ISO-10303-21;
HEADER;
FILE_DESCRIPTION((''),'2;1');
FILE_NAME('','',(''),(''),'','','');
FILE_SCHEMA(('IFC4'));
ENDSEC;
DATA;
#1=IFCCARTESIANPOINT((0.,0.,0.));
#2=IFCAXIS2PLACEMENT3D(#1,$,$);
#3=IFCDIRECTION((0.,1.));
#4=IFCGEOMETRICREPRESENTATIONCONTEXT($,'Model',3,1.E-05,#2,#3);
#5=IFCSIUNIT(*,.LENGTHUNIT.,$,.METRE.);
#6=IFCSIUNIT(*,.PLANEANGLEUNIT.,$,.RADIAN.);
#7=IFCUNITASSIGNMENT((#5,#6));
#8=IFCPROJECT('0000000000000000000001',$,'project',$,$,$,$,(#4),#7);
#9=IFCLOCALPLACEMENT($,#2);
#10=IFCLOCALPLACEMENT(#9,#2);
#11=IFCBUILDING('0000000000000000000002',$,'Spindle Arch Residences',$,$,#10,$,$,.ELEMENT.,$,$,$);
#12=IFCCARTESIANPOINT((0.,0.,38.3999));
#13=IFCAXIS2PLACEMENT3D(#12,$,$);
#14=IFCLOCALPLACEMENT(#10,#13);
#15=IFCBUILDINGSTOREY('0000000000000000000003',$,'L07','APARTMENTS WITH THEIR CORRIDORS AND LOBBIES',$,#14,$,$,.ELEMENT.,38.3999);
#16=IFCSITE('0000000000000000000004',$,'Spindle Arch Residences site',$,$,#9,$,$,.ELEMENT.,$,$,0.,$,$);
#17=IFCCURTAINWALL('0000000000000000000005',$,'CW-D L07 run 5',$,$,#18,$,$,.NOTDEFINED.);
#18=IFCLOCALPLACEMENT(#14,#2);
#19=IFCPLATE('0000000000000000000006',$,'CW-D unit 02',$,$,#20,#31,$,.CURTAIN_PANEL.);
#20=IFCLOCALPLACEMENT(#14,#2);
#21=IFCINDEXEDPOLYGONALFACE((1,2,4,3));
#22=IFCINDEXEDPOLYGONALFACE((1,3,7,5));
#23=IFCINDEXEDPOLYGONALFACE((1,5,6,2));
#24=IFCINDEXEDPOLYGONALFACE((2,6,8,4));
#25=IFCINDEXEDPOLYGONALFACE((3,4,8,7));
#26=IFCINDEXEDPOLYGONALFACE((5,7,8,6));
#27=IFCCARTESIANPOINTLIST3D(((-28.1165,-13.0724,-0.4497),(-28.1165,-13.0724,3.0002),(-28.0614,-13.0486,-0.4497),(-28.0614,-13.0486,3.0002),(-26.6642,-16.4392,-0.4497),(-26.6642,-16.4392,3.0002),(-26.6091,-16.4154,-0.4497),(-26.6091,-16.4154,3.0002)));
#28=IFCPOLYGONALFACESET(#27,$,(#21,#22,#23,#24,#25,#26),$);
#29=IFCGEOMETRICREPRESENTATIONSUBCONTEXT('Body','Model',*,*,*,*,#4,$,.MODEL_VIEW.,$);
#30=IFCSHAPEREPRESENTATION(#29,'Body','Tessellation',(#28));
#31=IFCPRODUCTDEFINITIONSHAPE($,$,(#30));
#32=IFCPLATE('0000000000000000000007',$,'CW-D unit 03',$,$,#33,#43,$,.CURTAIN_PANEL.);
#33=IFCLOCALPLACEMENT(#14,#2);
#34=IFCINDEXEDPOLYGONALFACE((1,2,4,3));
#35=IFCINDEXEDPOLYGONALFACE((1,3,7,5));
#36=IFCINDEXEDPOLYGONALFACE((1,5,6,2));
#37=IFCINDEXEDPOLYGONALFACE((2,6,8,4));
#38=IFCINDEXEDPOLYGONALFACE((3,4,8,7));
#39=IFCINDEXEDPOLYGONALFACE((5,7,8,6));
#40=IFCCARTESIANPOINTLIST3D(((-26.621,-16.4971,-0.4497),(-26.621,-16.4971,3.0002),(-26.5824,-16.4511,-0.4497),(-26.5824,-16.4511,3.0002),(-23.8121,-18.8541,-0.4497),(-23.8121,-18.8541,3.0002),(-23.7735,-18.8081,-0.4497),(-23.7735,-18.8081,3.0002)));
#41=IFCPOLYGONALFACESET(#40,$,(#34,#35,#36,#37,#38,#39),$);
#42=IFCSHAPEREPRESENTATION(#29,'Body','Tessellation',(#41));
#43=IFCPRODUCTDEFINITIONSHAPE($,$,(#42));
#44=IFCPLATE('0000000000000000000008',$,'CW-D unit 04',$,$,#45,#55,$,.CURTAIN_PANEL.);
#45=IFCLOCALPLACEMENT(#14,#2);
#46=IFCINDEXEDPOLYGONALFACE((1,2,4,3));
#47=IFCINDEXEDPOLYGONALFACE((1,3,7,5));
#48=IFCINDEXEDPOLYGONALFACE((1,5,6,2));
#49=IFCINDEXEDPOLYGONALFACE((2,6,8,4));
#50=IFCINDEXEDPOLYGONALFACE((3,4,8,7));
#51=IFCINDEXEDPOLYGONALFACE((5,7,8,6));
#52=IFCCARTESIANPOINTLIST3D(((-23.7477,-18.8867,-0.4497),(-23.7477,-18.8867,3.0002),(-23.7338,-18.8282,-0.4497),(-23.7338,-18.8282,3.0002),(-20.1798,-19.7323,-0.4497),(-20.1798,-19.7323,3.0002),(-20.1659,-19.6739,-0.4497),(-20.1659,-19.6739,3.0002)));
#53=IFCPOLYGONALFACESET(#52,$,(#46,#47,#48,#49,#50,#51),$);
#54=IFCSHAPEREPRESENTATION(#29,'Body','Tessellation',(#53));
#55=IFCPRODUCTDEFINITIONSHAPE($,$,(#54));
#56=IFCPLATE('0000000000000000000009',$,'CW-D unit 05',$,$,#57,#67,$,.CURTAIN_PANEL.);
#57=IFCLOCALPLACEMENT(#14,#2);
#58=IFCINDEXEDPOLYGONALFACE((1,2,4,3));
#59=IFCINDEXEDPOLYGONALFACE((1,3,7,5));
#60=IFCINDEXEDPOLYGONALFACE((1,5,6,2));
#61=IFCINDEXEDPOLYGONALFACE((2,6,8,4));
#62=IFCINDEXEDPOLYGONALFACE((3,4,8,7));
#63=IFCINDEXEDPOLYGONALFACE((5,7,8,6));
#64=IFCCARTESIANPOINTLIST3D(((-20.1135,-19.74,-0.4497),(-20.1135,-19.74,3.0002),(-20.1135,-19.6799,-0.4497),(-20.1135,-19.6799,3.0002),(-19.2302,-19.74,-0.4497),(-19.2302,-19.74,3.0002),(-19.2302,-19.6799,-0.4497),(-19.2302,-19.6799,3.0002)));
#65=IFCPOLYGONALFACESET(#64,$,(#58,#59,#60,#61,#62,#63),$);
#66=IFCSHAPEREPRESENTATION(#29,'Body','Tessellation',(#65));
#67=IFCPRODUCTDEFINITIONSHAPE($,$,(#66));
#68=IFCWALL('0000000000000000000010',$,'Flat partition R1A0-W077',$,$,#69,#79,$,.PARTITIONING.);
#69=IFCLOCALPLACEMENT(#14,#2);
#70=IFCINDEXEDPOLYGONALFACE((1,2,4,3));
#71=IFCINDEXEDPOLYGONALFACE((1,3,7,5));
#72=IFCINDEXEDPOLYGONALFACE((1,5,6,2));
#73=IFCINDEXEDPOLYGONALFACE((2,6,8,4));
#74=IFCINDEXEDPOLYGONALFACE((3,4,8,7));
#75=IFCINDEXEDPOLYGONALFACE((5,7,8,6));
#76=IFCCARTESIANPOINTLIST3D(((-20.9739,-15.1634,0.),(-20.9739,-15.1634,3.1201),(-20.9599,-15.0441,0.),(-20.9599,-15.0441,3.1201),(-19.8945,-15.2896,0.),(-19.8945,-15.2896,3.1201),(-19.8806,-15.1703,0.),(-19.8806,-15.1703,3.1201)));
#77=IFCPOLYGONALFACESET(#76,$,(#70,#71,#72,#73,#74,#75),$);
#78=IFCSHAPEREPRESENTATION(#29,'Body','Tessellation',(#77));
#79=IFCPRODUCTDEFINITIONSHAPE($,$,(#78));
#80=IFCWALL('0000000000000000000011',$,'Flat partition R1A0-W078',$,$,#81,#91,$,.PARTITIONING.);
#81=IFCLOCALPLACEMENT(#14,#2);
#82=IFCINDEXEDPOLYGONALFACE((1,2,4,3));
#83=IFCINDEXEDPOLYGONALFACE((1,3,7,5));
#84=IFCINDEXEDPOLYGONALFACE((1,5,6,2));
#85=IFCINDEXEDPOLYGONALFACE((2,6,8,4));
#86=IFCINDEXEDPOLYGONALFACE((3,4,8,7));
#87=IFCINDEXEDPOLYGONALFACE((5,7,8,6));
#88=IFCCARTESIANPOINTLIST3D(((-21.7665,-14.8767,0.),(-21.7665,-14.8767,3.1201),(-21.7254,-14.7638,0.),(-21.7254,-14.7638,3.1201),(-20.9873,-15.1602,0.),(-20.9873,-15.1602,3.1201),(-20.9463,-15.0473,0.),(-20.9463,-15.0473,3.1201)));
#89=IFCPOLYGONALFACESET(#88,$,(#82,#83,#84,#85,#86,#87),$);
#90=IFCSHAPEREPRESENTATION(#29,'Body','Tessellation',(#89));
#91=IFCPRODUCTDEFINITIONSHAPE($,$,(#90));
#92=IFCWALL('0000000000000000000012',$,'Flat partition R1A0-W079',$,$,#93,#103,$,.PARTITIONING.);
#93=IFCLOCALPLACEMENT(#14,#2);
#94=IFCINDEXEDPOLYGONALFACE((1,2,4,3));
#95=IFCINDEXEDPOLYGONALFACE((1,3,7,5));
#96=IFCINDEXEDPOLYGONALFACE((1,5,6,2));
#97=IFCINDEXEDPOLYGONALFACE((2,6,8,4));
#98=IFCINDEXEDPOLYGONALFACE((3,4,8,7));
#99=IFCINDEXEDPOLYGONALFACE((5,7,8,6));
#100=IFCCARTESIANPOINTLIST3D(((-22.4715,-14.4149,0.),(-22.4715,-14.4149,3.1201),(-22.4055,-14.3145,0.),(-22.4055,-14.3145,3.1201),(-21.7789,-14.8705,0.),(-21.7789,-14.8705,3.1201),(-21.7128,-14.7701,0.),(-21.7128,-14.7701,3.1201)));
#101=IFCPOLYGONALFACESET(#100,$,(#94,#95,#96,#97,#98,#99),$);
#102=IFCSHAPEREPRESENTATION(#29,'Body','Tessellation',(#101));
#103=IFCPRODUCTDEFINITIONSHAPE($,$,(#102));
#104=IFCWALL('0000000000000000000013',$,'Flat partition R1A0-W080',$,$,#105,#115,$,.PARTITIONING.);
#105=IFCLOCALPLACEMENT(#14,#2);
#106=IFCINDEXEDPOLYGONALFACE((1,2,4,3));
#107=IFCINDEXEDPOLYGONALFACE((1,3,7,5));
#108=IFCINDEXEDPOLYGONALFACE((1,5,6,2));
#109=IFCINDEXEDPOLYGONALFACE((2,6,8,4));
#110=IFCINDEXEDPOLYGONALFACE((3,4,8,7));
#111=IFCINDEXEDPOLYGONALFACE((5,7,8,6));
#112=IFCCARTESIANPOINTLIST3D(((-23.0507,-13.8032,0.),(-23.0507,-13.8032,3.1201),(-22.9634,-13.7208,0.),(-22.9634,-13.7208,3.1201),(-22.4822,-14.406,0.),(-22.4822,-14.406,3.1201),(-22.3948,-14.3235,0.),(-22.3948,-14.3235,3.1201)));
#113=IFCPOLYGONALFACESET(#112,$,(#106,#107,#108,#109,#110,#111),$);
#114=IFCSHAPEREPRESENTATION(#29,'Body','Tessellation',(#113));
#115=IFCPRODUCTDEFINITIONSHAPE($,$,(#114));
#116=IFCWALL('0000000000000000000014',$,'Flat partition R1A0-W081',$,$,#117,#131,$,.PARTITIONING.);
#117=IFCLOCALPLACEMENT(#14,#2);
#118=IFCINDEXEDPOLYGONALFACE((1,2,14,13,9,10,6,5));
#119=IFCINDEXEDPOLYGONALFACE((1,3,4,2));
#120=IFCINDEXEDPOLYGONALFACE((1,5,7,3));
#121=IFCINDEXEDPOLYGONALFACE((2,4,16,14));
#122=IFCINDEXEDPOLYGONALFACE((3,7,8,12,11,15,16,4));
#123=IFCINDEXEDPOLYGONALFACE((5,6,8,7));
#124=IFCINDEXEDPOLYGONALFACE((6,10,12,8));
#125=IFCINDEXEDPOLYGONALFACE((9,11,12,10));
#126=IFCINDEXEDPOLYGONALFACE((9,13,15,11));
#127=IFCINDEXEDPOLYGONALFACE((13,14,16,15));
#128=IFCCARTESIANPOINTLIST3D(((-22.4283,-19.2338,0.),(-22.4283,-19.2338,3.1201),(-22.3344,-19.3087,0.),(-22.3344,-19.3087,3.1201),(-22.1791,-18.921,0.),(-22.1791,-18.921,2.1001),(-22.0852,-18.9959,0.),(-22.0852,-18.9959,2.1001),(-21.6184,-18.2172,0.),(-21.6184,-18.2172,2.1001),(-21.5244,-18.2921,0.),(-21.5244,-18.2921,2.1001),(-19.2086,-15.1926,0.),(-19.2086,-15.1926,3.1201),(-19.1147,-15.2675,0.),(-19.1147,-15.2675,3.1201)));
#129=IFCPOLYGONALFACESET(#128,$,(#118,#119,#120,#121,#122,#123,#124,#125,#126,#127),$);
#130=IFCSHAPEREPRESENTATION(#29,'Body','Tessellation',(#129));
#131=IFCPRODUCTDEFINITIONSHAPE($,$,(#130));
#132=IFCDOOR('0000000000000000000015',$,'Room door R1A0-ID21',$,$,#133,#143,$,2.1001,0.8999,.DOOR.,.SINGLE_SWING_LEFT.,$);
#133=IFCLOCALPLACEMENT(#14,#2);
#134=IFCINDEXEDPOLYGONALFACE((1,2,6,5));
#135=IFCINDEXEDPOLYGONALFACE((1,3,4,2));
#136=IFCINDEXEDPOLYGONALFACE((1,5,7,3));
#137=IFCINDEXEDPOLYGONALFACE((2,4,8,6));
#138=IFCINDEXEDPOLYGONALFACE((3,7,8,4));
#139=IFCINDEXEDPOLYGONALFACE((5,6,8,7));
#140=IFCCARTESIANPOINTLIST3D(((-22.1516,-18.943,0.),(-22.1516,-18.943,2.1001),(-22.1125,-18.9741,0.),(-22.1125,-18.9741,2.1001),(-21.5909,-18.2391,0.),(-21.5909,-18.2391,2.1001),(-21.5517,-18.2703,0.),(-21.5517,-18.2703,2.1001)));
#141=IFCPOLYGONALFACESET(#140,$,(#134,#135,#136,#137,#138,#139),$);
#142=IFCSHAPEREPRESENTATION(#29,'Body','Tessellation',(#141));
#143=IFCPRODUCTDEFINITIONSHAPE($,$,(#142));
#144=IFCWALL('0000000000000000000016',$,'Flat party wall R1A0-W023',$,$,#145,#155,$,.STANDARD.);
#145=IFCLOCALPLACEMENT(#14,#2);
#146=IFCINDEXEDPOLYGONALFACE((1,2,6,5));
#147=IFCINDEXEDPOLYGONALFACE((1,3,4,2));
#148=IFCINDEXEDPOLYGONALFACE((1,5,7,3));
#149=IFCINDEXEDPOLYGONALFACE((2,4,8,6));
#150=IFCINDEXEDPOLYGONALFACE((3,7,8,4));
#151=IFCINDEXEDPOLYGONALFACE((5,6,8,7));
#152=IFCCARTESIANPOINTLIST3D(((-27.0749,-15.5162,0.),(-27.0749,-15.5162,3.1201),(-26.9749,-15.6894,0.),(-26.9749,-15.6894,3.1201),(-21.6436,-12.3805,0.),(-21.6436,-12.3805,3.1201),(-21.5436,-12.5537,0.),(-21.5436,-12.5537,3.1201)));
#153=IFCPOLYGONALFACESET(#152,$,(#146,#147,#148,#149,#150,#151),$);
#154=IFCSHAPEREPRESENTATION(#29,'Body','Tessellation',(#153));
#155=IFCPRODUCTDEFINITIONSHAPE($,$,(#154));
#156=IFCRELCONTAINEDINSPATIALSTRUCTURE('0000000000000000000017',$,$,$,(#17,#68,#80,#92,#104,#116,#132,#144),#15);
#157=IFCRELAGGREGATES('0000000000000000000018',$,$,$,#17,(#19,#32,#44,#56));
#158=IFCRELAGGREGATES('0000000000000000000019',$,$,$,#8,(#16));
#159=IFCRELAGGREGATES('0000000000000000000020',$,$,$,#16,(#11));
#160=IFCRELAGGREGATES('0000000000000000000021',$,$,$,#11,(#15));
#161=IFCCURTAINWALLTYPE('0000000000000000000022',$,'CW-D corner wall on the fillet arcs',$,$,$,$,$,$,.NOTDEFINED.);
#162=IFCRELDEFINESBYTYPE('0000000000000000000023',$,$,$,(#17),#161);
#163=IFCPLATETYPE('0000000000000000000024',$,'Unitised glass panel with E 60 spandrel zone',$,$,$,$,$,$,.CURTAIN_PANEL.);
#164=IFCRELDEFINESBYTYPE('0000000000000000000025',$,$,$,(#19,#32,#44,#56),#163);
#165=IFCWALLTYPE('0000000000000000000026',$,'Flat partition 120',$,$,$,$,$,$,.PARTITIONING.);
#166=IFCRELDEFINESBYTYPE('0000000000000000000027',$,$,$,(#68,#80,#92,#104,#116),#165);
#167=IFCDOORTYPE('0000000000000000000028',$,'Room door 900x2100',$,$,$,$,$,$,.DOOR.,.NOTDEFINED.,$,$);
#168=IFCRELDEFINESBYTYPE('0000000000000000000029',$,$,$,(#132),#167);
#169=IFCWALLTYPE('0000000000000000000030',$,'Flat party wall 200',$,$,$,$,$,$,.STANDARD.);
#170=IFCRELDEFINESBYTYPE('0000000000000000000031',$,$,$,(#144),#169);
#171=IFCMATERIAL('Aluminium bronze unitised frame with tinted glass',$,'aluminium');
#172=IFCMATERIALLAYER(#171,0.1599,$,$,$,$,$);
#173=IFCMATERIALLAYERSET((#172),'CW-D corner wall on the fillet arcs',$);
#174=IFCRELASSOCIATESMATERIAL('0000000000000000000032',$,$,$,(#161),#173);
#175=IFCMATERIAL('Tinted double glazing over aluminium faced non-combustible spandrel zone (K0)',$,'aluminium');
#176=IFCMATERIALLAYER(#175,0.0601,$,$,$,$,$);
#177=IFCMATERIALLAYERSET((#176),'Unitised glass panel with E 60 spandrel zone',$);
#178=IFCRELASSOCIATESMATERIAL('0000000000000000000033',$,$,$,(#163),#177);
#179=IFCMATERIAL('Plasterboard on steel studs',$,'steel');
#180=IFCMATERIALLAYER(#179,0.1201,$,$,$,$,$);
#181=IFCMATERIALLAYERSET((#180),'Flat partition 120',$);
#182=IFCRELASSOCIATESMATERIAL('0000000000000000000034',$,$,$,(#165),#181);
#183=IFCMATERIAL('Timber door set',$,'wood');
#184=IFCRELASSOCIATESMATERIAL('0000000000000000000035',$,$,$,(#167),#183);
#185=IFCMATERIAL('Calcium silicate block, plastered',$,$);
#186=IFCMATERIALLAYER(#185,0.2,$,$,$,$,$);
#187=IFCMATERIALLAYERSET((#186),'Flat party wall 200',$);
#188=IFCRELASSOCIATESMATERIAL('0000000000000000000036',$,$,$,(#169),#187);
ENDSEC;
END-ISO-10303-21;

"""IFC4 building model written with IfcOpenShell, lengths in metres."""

from ifc_helpers import new_model, si_unit, direction, frame, frame_2d, origin, origin_2d, place, context, subcontext, project, spatial, rectangle, extrude, material, layer, layer_set, type_object, element, fill, aggregate, save


model = new_model("IFC4")

# Units and contexts
model_context = context("Model", 3, precision=1e-05, world=origin(), true_north=direction((0.0, 1.0)))
body_context = subcontext(model_context, "Body", "Model", "MODEL_VIEW")
ifc_project = project(units=[si_unit("LENGTHUNIT", "METRE"), si_unit("PLANEANGLEUNIT", "RADIAN")], contexts=[model_context])

# Site, building, storey
site_placement = place(None, origin())
site = spatial("IfcSite", under=ifc_project, at=site_placement, Name="Spindle Arch Residences site", CompositionType="ELEMENT", RefElevation=0.0)
building_placement = place(site_placement, origin())
building = spatial("IfcBuilding", under=site, at=building_placement, Name="Spindle Arch Residences", CompositionType="ELEMENT")
storey_placement = place(building_placement, frame((0.0, 0.0, 38.3999)))
storey = spatial("IfcBuildingStorey", under=building, at=storey_placement, Name="L07", Description="APARTMENTS WITH THEIR CORRIDORS AND LOBBIES", CompositionType="ELEMENT", Elevation=38.3999)

# Curtain wall
ifc_material_1 = material(Name="Aluminium bronze unitised frame with tinted glass", Category="aluminium")
ifc_layer_1 = layer(ifc_material_1, 0.1599)
ifc_layer_set_1 = layer_set([ifc_layer_1], Name="CW-D corner wall on the fillet arcs")
curtain_wall_type = type_object("IfcCurtainWallType", Name="CW-D corner wall on the fillet arcs", PredefinedType="NOTDEFINED", material=ifc_layer_set_1)
curtain_wall_placement = place(storey_placement, origin())
curtain_wall = element("IfcCurtainWall", 1, at=curtain_wall_placement, inside=storey, type_object=curtain_wall_type, Name="CW-D L07 run 5", PredefinedType="NOTDEFINED")

# Plates
ifc_material_2 = material(Name="Tinted double glazing over aluminium faced non-combustible spandrel zone (K0)", Category="aluminium")
ifc_layer_2 = layer(ifc_material_2, 0.0601)
ifc_layer_set_2 = layer_set([ifc_layer_2], Name="Unitised glass panel with E 60 spandrel zone")
plate_type = type_object("IfcPlateType", Name="Unitised glass panel with E 60 spandrel zone", PredefinedType="CURTAIN_PANEL", material=ifc_layer_set_2)
plate_1_placement = place(storey_placement, frame((-27.3628, -14.7439, -0.4497), z_axis=(0.0, 0.0, 1.0), x_axis=(0.39608, -0.918216, 0.0)))
plate_1 = element("IfcPlate", 2, at=plate_1_placement, type_object=plate_type, Name="CW-D unit 02", PredefinedType="CURTAIN_PANEL", context=body_context, shape_type="SweptSolid", body=[
    extrude(rectangle(XDim=3.6667, YDim=0.0601, at=origin_2d()), origin(), (0.0, 0.0, 1.0), 3.45),
])
plate_2_placement = place(storey_placement, frame((-25.1973, -17.6526, -0.4497), z_axis=(0.0, 0.0, 1.0), x_axis=(0.766044, -0.642788, 0.0)))
plate_2 = element("IfcPlate", 3, at=plate_2_placement, type_object=plate_type, Name="CW-D unit 03", PredefinedType="CURTAIN_PANEL", context=body_context, shape_type="SweptSolid", body=[
    extrude(rectangle(XDim=3.6667, YDim=0.0601, at=origin_2d()), origin(), (0.0, 0.0, 1.0), 3.45),
])
plate_3_placement = place(storey_placement, frame((-21.9568, -19.2803, -0.4497), z_axis=(0.0, 0.0, 1.0), x_axis=(0.973045, -0.230616, 0.0)))
plate_3 = element("IfcPlate", 4, at=plate_3_placement, type_object=plate_type, Name="CW-D unit 04", PredefinedType="CURTAIN_PANEL", context=body_context, shape_type="SweptSolid", body=[
    extrude(rectangle(XDim=3.6667, YDim=0.0601, at=origin_2d()), origin(), (0.0, 0.0, 1.0), 3.45),
])
plate_4_placement = place(storey_placement, frame((-19.6719, -19.71, -0.4497), z_axis=(0.0, 0.0, 1.0), x_axis=(1.0, 0.0, 0.0)))
plate_4 = element("IfcPlate", 5, at=plate_4_placement, type_object=plate_type, Name="CW-D unit 05", PredefinedType="CURTAIN_PANEL", context=body_context, shape_type="SweptSolid", body=[
    extrude(rectangle(XDim=0.8833, YDim=0.0601, at=origin_2d()), origin(), (0.0, 0.0, 1.0), 3.45),
])
aggregate(curtain_wall, [plate_1, plate_2, plate_3, plate_4])

# Walls
ifc_material_3 = material(Name="Plasterboard on steel studs", Category="steel")
ifc_layer_3 = layer(ifc_material_3, 0.1201)
ifc_layer_set_3 = layer_set([ifc_layer_3], Name="Flat partition 120")
wall_type_1 = type_object("IfcWallType", Name="Flat partition 120", PredefinedType="PARTITIONING", material=ifc_layer_set_3)
wall_1_placement = place(storey_placement, frame((-19.8875, -15.23, 0.0), z_axis=(0.0, 0.0, 1.0), x_axis=(-0.993232, 0.11615, 0.0)))
element("IfcWall", 6, at=wall_1_placement, inside=storey, type_object=wall_type_1, Name="Flat partition R1A0-W077", PredefinedType="PARTITIONING", context=body_context, shape_type="SweptSolid", body=[
    extrude(rectangle(XDim=1.0867, YDim=0.1201, at=frame_2d((0.5435, 0.0))), origin(), (0.0, 0.0, 1.0), 3.1201),
])
for number, where, z_axis, x_axis, name in (
    (7, (-20.9668, -15.1038, 0.0), (0.0, 0.0, 1.0), (-0.939733, 0.341909, 0.0), "Flat partition R1A0-W078"),
    (8, (-21.7458, -14.8203, 0.0), (0.0, 0.0, 1.0), (-0.835478, 0.549525, 0.0), "Flat partition R1A0-W079"),
):
    element("IfcWall", number, at=place(storey_placement, frame(where, z_axis=z_axis, x_axis=x_axis)), inside=storey, type_object=wall_type_1, Name=name, PredefinedType="PARTITIONING", context=body_context, shape_type="SweptSolid", body=[
        extrude(rectangle(XDim=0.8291, YDim=0.1201, at=frame_2d((0.4146, 0.0))), origin(), (0.0, 0.0, 1.0), 3.1201),
    ])
wall_2_placement = place(storey_placement, frame((-22.4385, -14.3647, 0.0), z_axis=(0.0, 0.0, 1.0), x_axis=(-0.686182, 0.72743, 0.0)))
element("IfcWall", 9, at=wall_2_placement, inside=storey, type_object=wall_type_1, Name="Flat partition R1A0-W080", PredefinedType="PARTITIONING", context=body_context, shape_type="SweptSolid", body=[
    extrude(rectangle(XDim=0.8286, YDim=0.1201, at=frame_2d((0.4143, 0.0))), origin(), (0.0, 0.0, 1.0), 3.1201),
])

# Wall, opening, door
wall_3_placement = place(storey_placement, frame((-22.3813, -19.2712, 0.0), z_axis=(0.0, 0.0, 1.0), x_axis=(0.623126, 0.782121, 0.0)))
wall_3 = element("IfcWall", 10, at=wall_3_placement, inside=storey, type_object=wall_type_1, Name="Flat partition R1A0-W081", PredefinedType="PARTITIONING", context=body_context, shape_type="SweptSolid", body=[
    extrude(rectangle(XDim=5.167, YDim=0.1201, at=frame_2d((2.5835, 0.0))), origin(), (0.0, 0.0, 1.0), 3.1201),
])
opening_placement = place(wall_3_placement, frame((0.3999, 0.0, 0.0)))
opening = element("IfcOpeningElement", 11, at=opening_placement, cuts=wall_3, PredefinedType="OPENING", context=body_context, shape_type="SweptSolid", body=[
    extrude(rectangle(XDim=0.8999, YDim=2.1001, at=frame_2d((0.45, 1.05))), frame((0.0, 0.0701, 0.0), z_axis=(0.0, -1.0, 0.0), x_axis=(1.0, 0.0, 0.0)), (0.0, 0.0, 1.0), 0.1401),
])
ifc_material_4 = material(Name="Timber door set", Category="wood")
door_type = type_object("IfcDoorType", Name="Room door 900x2100", OperationType="NOTDEFINED", PredefinedType="DOOR", material=ifc_material_4)
door_placement = place(opening_placement, origin())
door = element("IfcDoor", 12, at=door_placement, inside=storey, type_object=door_type, Name="Room door R1A0-ID21", OperationType="SINGLE_SWING_LEFT", OverallHeight=2.1001, OverallWidth=0.8999, PredefinedType="DOOR", context=body_context, shape_type="SweptSolid", body=[
    extrude(rectangle(XDim=0.8999, YDim=2.1001, at=frame_2d((0.45, 1.05))), frame((0.0, 0.0249, 0.0), z_axis=(0.0, -1.0, 0.0), x_axis=(1.0, 0.0, 0.0)), (0.0, 0.0, 1.0), 0.05),
])
fill(opening, door)

# Wall
ifc_material_5 = material(Name="Calcium silicate block, plastered")
ifc_layer_4 = layer(ifc_material_5, 0.2)
ifc_layer_set_4 = layer_set([ifc_layer_4], Name="Flat party wall 200")
wall_type_2 = type_object("IfcWallType", Name="Flat party wall 200", PredefinedType="STANDARD", material=ifc_layer_set_4)
wall_4_placement = place(storey_placement, frame((-27.0249, -15.6028, 0.0), z_axis=(0.0, 0.0, 1.0), x_axis=(0.866031, 0.499991, 0.0)))
element("IfcWall", 13, at=wall_4_placement, inside=storey, type_object=wall_type_2, Name="Flat party wall R1A0-W023", PredefinedType="STANDARD", context=body_context, shape_type="SweptSolid", body=[
    extrude(rectangle(XDim=6.2715, YDim=0.2, at=frame_2d((3.1357, 0.0))), origin(), (0.0, 0.0, 1.0), 3.1201),
])

save(model, "model.ifc")
